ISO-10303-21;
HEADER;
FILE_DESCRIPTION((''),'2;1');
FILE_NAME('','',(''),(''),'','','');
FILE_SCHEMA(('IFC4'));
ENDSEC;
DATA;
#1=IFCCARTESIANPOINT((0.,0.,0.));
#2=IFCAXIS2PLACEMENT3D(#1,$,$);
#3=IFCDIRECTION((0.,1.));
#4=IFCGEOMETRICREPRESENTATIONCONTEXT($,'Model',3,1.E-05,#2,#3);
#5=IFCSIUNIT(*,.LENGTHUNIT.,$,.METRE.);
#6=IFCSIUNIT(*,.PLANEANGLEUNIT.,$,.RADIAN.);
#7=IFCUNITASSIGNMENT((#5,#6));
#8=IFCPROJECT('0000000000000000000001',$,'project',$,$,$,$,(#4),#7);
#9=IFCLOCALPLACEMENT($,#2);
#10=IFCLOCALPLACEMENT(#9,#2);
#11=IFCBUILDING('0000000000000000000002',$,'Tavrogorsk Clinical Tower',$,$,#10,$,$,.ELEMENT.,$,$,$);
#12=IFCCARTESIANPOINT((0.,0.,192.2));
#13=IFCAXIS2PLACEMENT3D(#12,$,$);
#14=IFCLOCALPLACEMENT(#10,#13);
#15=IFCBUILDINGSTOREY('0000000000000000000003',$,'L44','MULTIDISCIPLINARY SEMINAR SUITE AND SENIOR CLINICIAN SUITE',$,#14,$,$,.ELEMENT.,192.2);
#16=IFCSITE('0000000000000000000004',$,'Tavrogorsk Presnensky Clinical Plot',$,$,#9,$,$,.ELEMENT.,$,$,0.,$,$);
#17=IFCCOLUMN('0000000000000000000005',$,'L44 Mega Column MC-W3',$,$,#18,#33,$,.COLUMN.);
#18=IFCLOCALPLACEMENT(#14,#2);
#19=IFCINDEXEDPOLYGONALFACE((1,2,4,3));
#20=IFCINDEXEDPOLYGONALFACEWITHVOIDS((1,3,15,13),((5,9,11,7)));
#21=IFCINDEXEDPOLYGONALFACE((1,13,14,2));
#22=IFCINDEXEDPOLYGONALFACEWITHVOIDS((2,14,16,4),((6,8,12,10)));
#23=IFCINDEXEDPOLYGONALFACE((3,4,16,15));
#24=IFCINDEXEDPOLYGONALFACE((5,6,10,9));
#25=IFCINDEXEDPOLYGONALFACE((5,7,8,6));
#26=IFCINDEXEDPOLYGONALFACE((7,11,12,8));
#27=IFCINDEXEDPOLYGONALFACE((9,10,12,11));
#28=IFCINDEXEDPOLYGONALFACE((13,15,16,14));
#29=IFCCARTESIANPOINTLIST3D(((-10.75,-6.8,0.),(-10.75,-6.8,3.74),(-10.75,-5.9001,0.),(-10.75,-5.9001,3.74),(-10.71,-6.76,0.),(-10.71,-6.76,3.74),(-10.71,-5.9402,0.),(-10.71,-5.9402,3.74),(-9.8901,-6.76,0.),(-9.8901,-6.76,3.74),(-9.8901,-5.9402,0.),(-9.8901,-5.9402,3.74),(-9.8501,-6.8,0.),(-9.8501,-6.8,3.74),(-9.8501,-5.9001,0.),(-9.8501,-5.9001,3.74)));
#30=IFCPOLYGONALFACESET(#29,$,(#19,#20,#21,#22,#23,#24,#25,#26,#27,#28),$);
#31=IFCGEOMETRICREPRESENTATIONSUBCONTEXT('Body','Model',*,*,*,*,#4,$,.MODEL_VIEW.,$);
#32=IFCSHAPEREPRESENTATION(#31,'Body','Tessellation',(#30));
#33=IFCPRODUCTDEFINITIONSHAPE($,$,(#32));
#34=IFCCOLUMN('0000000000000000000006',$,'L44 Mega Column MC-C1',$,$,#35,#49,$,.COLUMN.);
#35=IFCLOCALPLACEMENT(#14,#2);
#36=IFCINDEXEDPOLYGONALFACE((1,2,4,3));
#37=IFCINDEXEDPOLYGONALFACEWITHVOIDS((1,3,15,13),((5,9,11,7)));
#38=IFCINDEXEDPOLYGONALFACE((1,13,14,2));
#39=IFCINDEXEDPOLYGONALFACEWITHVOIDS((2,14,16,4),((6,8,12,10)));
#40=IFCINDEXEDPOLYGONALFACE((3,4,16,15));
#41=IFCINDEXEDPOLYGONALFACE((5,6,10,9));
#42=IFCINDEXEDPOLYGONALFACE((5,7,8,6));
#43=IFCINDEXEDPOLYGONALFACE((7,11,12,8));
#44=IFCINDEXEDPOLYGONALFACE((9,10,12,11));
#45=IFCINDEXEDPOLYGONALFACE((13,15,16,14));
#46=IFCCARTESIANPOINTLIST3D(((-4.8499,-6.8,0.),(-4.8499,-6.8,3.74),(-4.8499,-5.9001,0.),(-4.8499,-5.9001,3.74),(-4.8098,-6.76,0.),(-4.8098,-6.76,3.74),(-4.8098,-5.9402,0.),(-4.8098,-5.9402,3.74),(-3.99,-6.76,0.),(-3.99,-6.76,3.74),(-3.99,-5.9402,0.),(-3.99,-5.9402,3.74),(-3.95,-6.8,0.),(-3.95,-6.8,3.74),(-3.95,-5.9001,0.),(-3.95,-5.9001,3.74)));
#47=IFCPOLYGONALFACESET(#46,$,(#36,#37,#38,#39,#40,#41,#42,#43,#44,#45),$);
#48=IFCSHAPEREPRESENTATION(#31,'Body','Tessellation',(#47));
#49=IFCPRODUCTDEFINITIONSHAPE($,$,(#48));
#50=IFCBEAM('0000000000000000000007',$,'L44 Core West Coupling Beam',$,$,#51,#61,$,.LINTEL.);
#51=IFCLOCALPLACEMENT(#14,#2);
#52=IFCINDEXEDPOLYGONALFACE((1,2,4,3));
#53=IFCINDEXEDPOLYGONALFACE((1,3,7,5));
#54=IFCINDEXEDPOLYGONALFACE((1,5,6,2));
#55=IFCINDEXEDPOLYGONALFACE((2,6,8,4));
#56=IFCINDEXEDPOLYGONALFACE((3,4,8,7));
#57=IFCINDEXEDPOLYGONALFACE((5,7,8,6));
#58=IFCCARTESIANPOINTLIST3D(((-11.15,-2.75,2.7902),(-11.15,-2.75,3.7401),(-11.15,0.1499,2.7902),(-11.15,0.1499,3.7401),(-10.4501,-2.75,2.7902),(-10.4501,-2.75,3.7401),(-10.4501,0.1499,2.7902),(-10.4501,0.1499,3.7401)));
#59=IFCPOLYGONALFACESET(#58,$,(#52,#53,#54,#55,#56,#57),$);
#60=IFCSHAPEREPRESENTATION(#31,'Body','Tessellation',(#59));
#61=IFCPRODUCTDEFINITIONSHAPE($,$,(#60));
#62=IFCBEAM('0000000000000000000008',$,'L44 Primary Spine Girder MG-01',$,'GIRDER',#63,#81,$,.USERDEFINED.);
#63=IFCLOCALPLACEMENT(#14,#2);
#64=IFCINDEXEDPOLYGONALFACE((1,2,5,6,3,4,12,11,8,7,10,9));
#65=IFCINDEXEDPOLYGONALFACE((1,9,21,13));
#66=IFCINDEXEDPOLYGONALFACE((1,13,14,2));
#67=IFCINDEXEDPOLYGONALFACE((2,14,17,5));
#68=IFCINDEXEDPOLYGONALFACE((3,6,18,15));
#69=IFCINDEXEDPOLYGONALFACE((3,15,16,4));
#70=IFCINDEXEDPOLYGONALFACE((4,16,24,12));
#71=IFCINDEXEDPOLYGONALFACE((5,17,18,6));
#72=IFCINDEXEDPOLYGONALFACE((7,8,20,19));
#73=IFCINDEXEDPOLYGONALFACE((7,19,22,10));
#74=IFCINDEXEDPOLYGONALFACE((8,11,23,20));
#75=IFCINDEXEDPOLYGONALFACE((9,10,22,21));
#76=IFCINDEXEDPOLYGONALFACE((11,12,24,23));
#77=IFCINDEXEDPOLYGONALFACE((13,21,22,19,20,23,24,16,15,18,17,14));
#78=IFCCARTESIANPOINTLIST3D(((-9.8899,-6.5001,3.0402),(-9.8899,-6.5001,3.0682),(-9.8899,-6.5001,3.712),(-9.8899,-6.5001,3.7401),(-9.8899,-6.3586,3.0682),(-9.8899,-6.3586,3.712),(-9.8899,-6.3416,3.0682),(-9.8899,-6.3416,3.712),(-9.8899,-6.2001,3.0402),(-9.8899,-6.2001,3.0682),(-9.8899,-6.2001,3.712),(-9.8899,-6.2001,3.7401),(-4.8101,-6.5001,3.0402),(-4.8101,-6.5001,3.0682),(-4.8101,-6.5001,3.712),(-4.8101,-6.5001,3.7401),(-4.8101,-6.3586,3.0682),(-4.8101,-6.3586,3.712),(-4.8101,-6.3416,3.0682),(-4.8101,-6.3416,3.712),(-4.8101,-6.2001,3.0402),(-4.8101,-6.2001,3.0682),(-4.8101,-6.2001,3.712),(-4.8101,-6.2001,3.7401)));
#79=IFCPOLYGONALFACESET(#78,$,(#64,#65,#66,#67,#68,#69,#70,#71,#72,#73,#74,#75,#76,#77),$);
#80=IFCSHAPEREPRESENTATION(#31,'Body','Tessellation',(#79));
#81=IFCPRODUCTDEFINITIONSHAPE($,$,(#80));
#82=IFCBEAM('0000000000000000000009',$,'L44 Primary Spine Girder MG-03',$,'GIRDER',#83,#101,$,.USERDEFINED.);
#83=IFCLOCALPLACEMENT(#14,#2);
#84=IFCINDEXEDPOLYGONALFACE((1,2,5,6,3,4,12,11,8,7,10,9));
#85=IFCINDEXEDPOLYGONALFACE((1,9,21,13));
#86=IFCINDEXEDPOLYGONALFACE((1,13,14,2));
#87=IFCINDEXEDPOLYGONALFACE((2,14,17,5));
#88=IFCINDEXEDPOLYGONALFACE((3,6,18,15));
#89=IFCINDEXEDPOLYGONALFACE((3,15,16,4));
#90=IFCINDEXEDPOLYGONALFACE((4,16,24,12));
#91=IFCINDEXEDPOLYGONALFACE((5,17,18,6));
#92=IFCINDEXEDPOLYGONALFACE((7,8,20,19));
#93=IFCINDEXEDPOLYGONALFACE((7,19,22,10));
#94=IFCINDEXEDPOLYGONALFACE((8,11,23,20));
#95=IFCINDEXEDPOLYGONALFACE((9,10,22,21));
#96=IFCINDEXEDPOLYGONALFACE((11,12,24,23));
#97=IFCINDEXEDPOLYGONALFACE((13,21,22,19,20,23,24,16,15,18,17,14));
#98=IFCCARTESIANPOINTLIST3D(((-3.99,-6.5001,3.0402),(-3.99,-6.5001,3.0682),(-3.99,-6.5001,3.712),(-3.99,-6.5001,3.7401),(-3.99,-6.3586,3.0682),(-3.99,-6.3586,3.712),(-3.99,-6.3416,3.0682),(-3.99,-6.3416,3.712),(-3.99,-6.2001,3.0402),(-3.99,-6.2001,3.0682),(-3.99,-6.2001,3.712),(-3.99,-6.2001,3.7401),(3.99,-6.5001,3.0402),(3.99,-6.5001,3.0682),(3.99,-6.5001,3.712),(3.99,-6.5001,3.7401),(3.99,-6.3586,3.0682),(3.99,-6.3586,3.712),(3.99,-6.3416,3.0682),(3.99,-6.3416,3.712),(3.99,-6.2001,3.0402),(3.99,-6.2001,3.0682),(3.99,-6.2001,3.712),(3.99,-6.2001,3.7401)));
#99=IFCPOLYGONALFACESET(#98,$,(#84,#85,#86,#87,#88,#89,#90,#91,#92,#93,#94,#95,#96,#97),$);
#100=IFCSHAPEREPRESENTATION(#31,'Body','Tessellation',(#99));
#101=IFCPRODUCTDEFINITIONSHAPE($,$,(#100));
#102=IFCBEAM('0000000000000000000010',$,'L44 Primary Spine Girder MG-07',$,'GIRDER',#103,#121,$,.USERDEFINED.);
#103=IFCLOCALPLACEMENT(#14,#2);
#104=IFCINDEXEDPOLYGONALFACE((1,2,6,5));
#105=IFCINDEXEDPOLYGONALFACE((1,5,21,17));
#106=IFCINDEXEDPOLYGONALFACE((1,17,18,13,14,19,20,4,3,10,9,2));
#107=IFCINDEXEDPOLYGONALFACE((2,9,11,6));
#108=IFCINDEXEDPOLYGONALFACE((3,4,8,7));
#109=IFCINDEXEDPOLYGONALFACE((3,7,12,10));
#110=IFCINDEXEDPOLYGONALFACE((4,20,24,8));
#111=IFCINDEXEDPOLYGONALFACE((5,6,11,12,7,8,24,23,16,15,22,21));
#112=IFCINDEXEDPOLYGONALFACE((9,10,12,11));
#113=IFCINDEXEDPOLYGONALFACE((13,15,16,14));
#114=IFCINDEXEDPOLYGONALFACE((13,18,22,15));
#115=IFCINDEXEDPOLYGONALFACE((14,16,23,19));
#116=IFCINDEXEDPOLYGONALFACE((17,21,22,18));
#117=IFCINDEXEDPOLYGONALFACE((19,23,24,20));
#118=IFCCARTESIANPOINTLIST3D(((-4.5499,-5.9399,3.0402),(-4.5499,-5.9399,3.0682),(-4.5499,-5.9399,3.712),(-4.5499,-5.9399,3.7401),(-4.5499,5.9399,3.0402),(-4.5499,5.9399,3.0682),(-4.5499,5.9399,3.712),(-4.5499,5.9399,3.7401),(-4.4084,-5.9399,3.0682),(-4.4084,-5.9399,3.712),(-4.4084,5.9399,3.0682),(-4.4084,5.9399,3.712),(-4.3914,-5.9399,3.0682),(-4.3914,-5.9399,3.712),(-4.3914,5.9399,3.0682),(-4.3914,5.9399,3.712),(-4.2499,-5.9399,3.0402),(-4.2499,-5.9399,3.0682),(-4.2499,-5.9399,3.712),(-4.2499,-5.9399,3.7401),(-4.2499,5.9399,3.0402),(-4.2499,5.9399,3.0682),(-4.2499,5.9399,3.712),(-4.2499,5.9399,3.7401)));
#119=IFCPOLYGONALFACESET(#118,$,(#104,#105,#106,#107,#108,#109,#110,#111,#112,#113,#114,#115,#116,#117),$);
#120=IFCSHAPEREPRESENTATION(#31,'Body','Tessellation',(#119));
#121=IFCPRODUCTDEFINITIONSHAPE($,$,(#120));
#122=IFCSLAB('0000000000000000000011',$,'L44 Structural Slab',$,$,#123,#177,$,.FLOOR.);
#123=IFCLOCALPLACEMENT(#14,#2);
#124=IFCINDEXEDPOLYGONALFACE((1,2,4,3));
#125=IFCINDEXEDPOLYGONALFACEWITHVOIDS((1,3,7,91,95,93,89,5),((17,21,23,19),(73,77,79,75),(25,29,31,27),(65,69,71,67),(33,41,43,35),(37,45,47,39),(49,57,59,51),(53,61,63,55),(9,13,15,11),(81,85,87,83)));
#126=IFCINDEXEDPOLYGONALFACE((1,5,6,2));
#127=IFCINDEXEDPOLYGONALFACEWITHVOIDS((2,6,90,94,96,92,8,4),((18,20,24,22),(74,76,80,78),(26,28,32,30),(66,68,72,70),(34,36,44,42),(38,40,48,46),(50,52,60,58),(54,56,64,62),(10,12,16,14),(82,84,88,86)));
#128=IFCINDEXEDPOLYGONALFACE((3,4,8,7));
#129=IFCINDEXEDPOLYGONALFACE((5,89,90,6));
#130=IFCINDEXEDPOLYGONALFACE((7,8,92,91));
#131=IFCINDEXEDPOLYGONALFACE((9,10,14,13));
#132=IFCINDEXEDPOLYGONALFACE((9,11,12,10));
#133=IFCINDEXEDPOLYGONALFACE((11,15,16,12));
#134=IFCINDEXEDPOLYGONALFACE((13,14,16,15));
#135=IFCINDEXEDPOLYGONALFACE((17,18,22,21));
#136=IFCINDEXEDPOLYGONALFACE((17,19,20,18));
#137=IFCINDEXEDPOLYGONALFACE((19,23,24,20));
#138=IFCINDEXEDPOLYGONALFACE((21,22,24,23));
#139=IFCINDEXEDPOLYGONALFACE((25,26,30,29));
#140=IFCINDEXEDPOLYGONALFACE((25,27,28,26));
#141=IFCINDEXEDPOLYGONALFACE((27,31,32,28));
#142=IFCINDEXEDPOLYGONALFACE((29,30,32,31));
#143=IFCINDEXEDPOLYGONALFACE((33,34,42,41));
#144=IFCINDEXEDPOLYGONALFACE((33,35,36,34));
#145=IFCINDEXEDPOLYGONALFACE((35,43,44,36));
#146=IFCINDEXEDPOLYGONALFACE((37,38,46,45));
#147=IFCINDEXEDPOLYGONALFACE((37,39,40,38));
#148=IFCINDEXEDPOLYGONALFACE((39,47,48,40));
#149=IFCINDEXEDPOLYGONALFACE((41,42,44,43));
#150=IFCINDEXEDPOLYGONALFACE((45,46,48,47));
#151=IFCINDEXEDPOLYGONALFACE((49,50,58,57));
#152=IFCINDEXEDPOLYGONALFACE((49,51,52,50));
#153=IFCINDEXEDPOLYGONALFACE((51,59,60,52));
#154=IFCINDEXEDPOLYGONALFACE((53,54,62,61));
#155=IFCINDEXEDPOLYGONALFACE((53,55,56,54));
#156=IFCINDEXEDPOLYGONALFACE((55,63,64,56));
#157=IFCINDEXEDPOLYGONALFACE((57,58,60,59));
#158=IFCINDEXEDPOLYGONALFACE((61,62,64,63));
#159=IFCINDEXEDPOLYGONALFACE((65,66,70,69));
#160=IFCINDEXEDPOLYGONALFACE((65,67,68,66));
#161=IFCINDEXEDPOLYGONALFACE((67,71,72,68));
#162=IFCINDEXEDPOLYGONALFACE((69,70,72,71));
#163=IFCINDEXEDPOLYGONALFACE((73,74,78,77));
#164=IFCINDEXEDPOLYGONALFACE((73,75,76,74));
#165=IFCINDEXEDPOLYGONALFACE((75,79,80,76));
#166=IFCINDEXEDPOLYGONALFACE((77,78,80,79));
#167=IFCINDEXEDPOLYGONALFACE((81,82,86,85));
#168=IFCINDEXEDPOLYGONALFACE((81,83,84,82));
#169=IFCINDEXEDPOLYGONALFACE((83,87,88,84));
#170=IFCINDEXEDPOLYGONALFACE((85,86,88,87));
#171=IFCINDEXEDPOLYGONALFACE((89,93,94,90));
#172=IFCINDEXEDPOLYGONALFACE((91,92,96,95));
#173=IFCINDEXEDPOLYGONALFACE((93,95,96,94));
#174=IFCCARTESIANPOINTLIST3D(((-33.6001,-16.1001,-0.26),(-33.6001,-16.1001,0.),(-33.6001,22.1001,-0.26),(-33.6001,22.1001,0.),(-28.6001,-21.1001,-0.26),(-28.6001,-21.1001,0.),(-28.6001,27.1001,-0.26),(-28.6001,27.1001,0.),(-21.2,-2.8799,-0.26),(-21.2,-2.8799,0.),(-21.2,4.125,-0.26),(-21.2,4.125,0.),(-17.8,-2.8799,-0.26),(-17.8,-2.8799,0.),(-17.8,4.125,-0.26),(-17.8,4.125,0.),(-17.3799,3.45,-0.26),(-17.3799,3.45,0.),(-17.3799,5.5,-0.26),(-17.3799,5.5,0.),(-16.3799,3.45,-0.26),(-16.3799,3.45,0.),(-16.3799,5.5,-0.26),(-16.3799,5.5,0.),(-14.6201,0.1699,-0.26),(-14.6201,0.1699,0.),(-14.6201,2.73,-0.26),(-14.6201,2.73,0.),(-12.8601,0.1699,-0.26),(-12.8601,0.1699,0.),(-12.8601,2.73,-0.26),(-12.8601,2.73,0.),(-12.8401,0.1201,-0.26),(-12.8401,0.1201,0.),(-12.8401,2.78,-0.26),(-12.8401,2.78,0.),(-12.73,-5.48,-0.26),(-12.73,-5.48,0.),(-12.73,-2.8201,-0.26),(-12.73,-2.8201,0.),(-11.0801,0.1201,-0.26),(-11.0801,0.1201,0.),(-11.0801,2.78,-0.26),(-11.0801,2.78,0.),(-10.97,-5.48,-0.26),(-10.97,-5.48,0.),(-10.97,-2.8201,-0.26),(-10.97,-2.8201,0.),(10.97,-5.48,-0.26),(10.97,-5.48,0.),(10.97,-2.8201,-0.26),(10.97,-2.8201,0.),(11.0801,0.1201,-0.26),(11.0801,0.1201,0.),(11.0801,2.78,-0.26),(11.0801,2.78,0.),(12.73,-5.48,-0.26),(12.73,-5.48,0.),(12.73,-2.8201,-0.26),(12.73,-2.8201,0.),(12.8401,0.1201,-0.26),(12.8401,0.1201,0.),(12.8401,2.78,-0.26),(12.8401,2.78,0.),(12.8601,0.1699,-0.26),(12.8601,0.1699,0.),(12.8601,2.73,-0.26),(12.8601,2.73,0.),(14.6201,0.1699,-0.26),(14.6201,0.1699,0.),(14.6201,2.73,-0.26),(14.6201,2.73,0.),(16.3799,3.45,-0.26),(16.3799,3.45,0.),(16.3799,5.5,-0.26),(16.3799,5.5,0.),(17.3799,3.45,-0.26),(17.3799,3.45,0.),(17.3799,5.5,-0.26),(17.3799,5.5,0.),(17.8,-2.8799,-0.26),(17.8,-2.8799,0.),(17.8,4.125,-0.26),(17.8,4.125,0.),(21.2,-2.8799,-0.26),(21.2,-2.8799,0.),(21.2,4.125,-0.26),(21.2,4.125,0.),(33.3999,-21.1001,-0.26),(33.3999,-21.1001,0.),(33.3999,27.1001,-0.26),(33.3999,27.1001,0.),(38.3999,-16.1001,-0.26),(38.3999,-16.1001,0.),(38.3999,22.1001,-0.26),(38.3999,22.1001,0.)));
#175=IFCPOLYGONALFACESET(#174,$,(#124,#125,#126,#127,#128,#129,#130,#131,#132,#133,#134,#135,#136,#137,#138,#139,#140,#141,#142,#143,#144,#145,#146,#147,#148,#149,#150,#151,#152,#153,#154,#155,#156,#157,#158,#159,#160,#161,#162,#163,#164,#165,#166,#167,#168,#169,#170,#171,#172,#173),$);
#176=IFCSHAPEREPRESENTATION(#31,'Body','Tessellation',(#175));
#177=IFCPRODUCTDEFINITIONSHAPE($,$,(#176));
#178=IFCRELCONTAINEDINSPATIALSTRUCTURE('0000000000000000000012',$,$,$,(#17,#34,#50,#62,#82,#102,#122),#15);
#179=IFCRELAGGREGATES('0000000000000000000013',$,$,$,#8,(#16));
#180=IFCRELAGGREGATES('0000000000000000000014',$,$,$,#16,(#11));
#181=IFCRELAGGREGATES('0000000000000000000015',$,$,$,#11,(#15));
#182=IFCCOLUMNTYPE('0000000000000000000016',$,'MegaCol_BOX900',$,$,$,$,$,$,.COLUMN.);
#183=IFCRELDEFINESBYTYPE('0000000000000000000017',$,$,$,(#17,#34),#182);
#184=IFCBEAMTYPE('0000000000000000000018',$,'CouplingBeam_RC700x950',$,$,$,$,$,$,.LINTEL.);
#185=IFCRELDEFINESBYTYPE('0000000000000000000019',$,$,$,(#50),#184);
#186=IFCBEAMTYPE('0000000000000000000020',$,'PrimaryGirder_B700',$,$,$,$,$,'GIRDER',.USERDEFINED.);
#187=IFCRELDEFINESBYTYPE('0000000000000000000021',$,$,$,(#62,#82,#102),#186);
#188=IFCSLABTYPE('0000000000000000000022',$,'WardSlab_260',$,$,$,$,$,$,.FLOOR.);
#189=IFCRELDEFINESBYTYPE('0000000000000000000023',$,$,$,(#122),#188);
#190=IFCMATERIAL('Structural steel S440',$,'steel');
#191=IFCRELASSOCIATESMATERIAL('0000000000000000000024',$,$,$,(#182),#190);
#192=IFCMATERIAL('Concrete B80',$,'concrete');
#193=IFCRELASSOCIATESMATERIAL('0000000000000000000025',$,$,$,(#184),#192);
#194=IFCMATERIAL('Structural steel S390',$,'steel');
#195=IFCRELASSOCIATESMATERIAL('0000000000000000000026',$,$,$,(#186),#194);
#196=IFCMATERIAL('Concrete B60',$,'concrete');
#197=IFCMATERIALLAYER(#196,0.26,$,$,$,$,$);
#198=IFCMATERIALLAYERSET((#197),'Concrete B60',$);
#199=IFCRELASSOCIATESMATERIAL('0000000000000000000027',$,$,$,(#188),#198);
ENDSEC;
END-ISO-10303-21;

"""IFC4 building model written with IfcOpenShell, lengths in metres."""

from ifc_helpers import new_model, si_unit, direction, frame, origin, origin_2d, place, context, subcontext, project, spatial, polyline, rectangle, hollow_rectangle, i_section, outline, extrude, material, layer, layer_set, material_profile, profile_set, type_object, element, save


model = new_model("IFC4")

# Units and contexts
model_context = context("Model", 3, precision=1e-05, world=origin(), true_north=direction((0.0, 1.0)))
body_context = subcontext(model_context, "Body", "Model", "MODEL_VIEW")
ifc_project = project(units=[si_unit("LENGTHUNIT", "METRE"), si_unit("PLANEANGLEUNIT", "RADIAN")], contexts=[model_context])

# Site, building, storey
site_placement = place(None, origin())
site = spatial("IfcSite", under=ifc_project, at=site_placement, Name="Tavrogorsk Presnensky Clinical Plot", CompositionType="ELEMENT", RefElevation=0.0)
building_placement = place(site_placement, origin())
building = spatial("IfcBuilding", under=site, at=building_placement, Name="Tavrogorsk Clinical Tower", CompositionType="ELEMENT")
storey_placement = place(building_placement, frame((0.0, 0.0, 192.2)))
storey = spatial("IfcBuildingStorey", under=building, at=storey_placement, Name="L44", Description="MULTIDISCIPLINARY SEMINAR SUITE AND SENIOR CLINICIAN SUITE", CompositionType="ELEMENT", Elevation=192.2)

# Columns
ifc_material_1 = material(Name="Structural steel S440", Category="steel")
ifc_material_profile_1 = material_profile(ifc_material_1, hollow_rectangle(XDim=0.8999, YDim=0.8999, WallThickness=0.04, at=origin_2d()), Name="BOX-900x900x40")
ifc_profile_set_1 = profile_set([ifc_material_profile_1], Name="Structural steel S440")
column_type = type_object("IfcColumnType", Name="MegaCol_BOX900", PredefinedType="COLUMN", material=ifc_profile_set_1)
for number, where, z_axis, x_axis, name in (
    (1, (-10.3, -6.3501, 0.0), (0.0, 0.0, 1.0), (1.0, 0.0, 0.0), "L44 Mega Column MC-W3"),
    (2, (-4.3999, -6.3501, 0.0), (0.0, 0.0, 1.0), (1.0, 0.0, 0.0), "L44 Mega Column MC-C1"),
):
    element("IfcColumn", number, at=place(storey_placement, frame(where, z_axis=z_axis, x_axis=x_axis)), inside=storey, type_object=column_type, Name=name, PredefinedType="COLUMN", context=body_context, shape_type="SweptSolid", body=[
        extrude(hollow_rectangle(XDim=0.8999, YDim=0.8999, WallThickness=0.04, at=origin_2d()), origin(), (0.0, 0.0, 1.0), 3.74),
    ])

# Beams
ifc_material_2 = material(Name="Concrete B80", Category="concrete")
ifc_material_profile_2 = material_profile(ifc_material_2, rectangle(XDim=0.7, YDim=0.95, at=origin_2d()), Name="RC-CB-700x950")
ifc_profile_set_2 = profile_set([ifc_material_profile_2], Name="Concrete B80")
beam_type_1 = type_object("IfcBeamType", Name="CouplingBeam_RC700x950", PredefinedType="LINTEL", material=ifc_profile_set_2)
beam_1_placement = place(storey_placement, frame((-10.8, -2.75, 3.2651), z_axis=(0.0, 1.0, 0.0), x_axis=(-1.0, 0.0, 0.0)))
element("IfcBeam", 3, at=beam_1_placement, inside=storey, type_object=beam_type_1, Name="L44 Core West Coupling Beam", PredefinedType="LINTEL", context=body_context, shape_type="SweptSolid", body=[
    extrude(rectangle(XDim=0.7, YDim=0.95, at=origin_2d()), origin(), (0.0, 0.0, 1.0), 2.8999),
])
ifc_material_3 = material(Name="Structural steel S390", Category="steel")
ifc_material_profile_3 = material_profile(ifc_material_3, i_section(OverallWidth=0.3, OverallDepth=0.7, WebThickness=0.0171, FlangeThickness=0.0281, at=origin_2d()), Name="B-700x300x17x28")
ifc_profile_set_3 = profile_set([ifc_material_profile_3], Name="Structural steel S390")
beam_type_2 = type_object("IfcBeamType", Name="PrimaryGirder_B700", ElementType="GIRDER", PredefinedType="USERDEFINED", material=ifc_profile_set_3)
beam_2_placement = place(storey_placement, frame((-9.8899, -6.3501, 3.3901), z_axis=(1.0, 0.0, 0.0), x_axis=(0.0, 1.0, 0.0)))
element("IfcBeam", 4, at=beam_2_placement, inside=storey, type_object=beam_type_2, Name="L44 Primary Spine Girder MG-01", ObjectType="GIRDER", PredefinedType="USERDEFINED", context=body_context, shape_type="SweptSolid", body=[
    extrude(i_section(OverallWidth=0.3, OverallDepth=0.7, WebThickness=0.0171, FlangeThickness=0.0281, at=origin_2d()), origin(), (0.0, 0.0, 1.0), 5.0798),
])
beam_3_placement = place(storey_placement, frame((-3.99, -6.3501, 3.3901), z_axis=(1.0, 0.0, 0.0), x_axis=(0.0, 1.0, 0.0)))
element("IfcBeam", 5, at=beam_3_placement, inside=storey, type_object=beam_type_2, Name="L44 Primary Spine Girder MG-03", ObjectType="GIRDER", PredefinedType="USERDEFINED", context=body_context, shape_type="SweptSolid", body=[
    extrude(i_section(OverallWidth=0.3, OverallDepth=0.7, WebThickness=0.0171, FlangeThickness=0.0281, at=origin_2d()), origin(), (0.0, 0.0, 1.0), 7.98),
])
beam_4_placement = place(storey_placement, frame((-4.3999, -5.9399, 3.3901), z_axis=(0.0, 1.0, 0.0), x_axis=(-1.0, 0.0, 0.0)))
element("IfcBeam", 6, at=beam_4_placement, inside=storey, type_object=beam_type_2, Name="L44 Primary Spine Girder MG-07", ObjectType="GIRDER", PredefinedType="USERDEFINED", context=body_context, shape_type="SweptSolid", body=[
    extrude(i_section(OverallWidth=0.3, OverallDepth=0.7, WebThickness=0.0171, FlangeThickness=0.0281, at=origin_2d()), origin(), (0.0, 0.0, 1.0), 11.8799),
])

# Slab
ifc_material_4 = material(Name="Concrete B60", Category="concrete")
ifc_layer_1 = layer(ifc_material_4, 0.26)
ifc_layer_set_1 = layer_set([ifc_layer_1], Name="Concrete B60")
slab_type = type_object("IfcSlabType", Name="WardSlab_260", PredefinedType="FLOOR", material=ifc_layer_set_1)
slab_placement = place(storey_placement, frame((0.0, 0.0, -0.26)))
element("IfcSlab", 7, at=slab_placement, inside=storey, type_object=slab_type, Name="L44 Structural Slab", PredefinedType="FLOOR", context=body_context, shape_type="SweptSolid", body=[
    extrude(outline(polyline([(-28.6001, -21.1001), (33.3999, -21.1001), (38.3999, -16.1001), (38.3999, 22.1001), (33.3999, 27.1001), (-28.6001, 27.1001), (-33.6001, 22.1001), (-33.6001, -16.1001), (-28.6001, -21.1001)]), holes=[polyline([(-17.8, -2.8799), (-17.8, 4.125), (-21.2, 4.125), (-21.2, -2.8799), (-17.8, -2.8799)]), polyline([(21.2, -2.8799), (21.2, 4.125), (17.8, 4.125), (17.8, -2.8799), (21.2, -2.8799)]), polyline([(-14.6201, 0.1699), (-12.8601, 0.1699), (-12.8601, 2.73), (-14.6201, 2.73), (-14.6201, 0.1699)]), polyline([(-12.73, -5.48), (-10.97, -5.48), (-10.97, -2.8201), (-12.73, -2.8201), (-12.73, -5.48)]), polyline([(-12.8401, 0.1201), (-11.0801, 0.1201), (-11.0801, 2.78), (-12.8401, 2.78), (-12.8401, 0.1201)]), polyline([(12.8601, 0.1699), (14.6201, 0.1699), (14.6201, 2.73), (12.8601, 2.73), (12.8601, 0.1699)]), polyline([(10.97, -5.48), (12.73, -5.48), (12.73, -2.8201), (10.97, -2.8201), (10.97, -5.48)]), polyline([(11.0801, 0.1201), (12.8401, 0.1201), (12.8401, 2.78), (11.0801, 2.78), (11.0801, 0.1201)]), polyline([(-17.3799, 3.45), (-16.3799, 3.45), (-16.3799, 5.5), (-17.3799, 5.5), (-17.3799, 3.45)]), polyline([(16.3799, 3.45), (17.3799, 3.45), (17.3799, 5.5), (16.3799, 5.5), (16.3799, 3.45)])]), origin(), (0.0, 0.0, 1.0), 0.26),
])

save(model, "model.ifc")
